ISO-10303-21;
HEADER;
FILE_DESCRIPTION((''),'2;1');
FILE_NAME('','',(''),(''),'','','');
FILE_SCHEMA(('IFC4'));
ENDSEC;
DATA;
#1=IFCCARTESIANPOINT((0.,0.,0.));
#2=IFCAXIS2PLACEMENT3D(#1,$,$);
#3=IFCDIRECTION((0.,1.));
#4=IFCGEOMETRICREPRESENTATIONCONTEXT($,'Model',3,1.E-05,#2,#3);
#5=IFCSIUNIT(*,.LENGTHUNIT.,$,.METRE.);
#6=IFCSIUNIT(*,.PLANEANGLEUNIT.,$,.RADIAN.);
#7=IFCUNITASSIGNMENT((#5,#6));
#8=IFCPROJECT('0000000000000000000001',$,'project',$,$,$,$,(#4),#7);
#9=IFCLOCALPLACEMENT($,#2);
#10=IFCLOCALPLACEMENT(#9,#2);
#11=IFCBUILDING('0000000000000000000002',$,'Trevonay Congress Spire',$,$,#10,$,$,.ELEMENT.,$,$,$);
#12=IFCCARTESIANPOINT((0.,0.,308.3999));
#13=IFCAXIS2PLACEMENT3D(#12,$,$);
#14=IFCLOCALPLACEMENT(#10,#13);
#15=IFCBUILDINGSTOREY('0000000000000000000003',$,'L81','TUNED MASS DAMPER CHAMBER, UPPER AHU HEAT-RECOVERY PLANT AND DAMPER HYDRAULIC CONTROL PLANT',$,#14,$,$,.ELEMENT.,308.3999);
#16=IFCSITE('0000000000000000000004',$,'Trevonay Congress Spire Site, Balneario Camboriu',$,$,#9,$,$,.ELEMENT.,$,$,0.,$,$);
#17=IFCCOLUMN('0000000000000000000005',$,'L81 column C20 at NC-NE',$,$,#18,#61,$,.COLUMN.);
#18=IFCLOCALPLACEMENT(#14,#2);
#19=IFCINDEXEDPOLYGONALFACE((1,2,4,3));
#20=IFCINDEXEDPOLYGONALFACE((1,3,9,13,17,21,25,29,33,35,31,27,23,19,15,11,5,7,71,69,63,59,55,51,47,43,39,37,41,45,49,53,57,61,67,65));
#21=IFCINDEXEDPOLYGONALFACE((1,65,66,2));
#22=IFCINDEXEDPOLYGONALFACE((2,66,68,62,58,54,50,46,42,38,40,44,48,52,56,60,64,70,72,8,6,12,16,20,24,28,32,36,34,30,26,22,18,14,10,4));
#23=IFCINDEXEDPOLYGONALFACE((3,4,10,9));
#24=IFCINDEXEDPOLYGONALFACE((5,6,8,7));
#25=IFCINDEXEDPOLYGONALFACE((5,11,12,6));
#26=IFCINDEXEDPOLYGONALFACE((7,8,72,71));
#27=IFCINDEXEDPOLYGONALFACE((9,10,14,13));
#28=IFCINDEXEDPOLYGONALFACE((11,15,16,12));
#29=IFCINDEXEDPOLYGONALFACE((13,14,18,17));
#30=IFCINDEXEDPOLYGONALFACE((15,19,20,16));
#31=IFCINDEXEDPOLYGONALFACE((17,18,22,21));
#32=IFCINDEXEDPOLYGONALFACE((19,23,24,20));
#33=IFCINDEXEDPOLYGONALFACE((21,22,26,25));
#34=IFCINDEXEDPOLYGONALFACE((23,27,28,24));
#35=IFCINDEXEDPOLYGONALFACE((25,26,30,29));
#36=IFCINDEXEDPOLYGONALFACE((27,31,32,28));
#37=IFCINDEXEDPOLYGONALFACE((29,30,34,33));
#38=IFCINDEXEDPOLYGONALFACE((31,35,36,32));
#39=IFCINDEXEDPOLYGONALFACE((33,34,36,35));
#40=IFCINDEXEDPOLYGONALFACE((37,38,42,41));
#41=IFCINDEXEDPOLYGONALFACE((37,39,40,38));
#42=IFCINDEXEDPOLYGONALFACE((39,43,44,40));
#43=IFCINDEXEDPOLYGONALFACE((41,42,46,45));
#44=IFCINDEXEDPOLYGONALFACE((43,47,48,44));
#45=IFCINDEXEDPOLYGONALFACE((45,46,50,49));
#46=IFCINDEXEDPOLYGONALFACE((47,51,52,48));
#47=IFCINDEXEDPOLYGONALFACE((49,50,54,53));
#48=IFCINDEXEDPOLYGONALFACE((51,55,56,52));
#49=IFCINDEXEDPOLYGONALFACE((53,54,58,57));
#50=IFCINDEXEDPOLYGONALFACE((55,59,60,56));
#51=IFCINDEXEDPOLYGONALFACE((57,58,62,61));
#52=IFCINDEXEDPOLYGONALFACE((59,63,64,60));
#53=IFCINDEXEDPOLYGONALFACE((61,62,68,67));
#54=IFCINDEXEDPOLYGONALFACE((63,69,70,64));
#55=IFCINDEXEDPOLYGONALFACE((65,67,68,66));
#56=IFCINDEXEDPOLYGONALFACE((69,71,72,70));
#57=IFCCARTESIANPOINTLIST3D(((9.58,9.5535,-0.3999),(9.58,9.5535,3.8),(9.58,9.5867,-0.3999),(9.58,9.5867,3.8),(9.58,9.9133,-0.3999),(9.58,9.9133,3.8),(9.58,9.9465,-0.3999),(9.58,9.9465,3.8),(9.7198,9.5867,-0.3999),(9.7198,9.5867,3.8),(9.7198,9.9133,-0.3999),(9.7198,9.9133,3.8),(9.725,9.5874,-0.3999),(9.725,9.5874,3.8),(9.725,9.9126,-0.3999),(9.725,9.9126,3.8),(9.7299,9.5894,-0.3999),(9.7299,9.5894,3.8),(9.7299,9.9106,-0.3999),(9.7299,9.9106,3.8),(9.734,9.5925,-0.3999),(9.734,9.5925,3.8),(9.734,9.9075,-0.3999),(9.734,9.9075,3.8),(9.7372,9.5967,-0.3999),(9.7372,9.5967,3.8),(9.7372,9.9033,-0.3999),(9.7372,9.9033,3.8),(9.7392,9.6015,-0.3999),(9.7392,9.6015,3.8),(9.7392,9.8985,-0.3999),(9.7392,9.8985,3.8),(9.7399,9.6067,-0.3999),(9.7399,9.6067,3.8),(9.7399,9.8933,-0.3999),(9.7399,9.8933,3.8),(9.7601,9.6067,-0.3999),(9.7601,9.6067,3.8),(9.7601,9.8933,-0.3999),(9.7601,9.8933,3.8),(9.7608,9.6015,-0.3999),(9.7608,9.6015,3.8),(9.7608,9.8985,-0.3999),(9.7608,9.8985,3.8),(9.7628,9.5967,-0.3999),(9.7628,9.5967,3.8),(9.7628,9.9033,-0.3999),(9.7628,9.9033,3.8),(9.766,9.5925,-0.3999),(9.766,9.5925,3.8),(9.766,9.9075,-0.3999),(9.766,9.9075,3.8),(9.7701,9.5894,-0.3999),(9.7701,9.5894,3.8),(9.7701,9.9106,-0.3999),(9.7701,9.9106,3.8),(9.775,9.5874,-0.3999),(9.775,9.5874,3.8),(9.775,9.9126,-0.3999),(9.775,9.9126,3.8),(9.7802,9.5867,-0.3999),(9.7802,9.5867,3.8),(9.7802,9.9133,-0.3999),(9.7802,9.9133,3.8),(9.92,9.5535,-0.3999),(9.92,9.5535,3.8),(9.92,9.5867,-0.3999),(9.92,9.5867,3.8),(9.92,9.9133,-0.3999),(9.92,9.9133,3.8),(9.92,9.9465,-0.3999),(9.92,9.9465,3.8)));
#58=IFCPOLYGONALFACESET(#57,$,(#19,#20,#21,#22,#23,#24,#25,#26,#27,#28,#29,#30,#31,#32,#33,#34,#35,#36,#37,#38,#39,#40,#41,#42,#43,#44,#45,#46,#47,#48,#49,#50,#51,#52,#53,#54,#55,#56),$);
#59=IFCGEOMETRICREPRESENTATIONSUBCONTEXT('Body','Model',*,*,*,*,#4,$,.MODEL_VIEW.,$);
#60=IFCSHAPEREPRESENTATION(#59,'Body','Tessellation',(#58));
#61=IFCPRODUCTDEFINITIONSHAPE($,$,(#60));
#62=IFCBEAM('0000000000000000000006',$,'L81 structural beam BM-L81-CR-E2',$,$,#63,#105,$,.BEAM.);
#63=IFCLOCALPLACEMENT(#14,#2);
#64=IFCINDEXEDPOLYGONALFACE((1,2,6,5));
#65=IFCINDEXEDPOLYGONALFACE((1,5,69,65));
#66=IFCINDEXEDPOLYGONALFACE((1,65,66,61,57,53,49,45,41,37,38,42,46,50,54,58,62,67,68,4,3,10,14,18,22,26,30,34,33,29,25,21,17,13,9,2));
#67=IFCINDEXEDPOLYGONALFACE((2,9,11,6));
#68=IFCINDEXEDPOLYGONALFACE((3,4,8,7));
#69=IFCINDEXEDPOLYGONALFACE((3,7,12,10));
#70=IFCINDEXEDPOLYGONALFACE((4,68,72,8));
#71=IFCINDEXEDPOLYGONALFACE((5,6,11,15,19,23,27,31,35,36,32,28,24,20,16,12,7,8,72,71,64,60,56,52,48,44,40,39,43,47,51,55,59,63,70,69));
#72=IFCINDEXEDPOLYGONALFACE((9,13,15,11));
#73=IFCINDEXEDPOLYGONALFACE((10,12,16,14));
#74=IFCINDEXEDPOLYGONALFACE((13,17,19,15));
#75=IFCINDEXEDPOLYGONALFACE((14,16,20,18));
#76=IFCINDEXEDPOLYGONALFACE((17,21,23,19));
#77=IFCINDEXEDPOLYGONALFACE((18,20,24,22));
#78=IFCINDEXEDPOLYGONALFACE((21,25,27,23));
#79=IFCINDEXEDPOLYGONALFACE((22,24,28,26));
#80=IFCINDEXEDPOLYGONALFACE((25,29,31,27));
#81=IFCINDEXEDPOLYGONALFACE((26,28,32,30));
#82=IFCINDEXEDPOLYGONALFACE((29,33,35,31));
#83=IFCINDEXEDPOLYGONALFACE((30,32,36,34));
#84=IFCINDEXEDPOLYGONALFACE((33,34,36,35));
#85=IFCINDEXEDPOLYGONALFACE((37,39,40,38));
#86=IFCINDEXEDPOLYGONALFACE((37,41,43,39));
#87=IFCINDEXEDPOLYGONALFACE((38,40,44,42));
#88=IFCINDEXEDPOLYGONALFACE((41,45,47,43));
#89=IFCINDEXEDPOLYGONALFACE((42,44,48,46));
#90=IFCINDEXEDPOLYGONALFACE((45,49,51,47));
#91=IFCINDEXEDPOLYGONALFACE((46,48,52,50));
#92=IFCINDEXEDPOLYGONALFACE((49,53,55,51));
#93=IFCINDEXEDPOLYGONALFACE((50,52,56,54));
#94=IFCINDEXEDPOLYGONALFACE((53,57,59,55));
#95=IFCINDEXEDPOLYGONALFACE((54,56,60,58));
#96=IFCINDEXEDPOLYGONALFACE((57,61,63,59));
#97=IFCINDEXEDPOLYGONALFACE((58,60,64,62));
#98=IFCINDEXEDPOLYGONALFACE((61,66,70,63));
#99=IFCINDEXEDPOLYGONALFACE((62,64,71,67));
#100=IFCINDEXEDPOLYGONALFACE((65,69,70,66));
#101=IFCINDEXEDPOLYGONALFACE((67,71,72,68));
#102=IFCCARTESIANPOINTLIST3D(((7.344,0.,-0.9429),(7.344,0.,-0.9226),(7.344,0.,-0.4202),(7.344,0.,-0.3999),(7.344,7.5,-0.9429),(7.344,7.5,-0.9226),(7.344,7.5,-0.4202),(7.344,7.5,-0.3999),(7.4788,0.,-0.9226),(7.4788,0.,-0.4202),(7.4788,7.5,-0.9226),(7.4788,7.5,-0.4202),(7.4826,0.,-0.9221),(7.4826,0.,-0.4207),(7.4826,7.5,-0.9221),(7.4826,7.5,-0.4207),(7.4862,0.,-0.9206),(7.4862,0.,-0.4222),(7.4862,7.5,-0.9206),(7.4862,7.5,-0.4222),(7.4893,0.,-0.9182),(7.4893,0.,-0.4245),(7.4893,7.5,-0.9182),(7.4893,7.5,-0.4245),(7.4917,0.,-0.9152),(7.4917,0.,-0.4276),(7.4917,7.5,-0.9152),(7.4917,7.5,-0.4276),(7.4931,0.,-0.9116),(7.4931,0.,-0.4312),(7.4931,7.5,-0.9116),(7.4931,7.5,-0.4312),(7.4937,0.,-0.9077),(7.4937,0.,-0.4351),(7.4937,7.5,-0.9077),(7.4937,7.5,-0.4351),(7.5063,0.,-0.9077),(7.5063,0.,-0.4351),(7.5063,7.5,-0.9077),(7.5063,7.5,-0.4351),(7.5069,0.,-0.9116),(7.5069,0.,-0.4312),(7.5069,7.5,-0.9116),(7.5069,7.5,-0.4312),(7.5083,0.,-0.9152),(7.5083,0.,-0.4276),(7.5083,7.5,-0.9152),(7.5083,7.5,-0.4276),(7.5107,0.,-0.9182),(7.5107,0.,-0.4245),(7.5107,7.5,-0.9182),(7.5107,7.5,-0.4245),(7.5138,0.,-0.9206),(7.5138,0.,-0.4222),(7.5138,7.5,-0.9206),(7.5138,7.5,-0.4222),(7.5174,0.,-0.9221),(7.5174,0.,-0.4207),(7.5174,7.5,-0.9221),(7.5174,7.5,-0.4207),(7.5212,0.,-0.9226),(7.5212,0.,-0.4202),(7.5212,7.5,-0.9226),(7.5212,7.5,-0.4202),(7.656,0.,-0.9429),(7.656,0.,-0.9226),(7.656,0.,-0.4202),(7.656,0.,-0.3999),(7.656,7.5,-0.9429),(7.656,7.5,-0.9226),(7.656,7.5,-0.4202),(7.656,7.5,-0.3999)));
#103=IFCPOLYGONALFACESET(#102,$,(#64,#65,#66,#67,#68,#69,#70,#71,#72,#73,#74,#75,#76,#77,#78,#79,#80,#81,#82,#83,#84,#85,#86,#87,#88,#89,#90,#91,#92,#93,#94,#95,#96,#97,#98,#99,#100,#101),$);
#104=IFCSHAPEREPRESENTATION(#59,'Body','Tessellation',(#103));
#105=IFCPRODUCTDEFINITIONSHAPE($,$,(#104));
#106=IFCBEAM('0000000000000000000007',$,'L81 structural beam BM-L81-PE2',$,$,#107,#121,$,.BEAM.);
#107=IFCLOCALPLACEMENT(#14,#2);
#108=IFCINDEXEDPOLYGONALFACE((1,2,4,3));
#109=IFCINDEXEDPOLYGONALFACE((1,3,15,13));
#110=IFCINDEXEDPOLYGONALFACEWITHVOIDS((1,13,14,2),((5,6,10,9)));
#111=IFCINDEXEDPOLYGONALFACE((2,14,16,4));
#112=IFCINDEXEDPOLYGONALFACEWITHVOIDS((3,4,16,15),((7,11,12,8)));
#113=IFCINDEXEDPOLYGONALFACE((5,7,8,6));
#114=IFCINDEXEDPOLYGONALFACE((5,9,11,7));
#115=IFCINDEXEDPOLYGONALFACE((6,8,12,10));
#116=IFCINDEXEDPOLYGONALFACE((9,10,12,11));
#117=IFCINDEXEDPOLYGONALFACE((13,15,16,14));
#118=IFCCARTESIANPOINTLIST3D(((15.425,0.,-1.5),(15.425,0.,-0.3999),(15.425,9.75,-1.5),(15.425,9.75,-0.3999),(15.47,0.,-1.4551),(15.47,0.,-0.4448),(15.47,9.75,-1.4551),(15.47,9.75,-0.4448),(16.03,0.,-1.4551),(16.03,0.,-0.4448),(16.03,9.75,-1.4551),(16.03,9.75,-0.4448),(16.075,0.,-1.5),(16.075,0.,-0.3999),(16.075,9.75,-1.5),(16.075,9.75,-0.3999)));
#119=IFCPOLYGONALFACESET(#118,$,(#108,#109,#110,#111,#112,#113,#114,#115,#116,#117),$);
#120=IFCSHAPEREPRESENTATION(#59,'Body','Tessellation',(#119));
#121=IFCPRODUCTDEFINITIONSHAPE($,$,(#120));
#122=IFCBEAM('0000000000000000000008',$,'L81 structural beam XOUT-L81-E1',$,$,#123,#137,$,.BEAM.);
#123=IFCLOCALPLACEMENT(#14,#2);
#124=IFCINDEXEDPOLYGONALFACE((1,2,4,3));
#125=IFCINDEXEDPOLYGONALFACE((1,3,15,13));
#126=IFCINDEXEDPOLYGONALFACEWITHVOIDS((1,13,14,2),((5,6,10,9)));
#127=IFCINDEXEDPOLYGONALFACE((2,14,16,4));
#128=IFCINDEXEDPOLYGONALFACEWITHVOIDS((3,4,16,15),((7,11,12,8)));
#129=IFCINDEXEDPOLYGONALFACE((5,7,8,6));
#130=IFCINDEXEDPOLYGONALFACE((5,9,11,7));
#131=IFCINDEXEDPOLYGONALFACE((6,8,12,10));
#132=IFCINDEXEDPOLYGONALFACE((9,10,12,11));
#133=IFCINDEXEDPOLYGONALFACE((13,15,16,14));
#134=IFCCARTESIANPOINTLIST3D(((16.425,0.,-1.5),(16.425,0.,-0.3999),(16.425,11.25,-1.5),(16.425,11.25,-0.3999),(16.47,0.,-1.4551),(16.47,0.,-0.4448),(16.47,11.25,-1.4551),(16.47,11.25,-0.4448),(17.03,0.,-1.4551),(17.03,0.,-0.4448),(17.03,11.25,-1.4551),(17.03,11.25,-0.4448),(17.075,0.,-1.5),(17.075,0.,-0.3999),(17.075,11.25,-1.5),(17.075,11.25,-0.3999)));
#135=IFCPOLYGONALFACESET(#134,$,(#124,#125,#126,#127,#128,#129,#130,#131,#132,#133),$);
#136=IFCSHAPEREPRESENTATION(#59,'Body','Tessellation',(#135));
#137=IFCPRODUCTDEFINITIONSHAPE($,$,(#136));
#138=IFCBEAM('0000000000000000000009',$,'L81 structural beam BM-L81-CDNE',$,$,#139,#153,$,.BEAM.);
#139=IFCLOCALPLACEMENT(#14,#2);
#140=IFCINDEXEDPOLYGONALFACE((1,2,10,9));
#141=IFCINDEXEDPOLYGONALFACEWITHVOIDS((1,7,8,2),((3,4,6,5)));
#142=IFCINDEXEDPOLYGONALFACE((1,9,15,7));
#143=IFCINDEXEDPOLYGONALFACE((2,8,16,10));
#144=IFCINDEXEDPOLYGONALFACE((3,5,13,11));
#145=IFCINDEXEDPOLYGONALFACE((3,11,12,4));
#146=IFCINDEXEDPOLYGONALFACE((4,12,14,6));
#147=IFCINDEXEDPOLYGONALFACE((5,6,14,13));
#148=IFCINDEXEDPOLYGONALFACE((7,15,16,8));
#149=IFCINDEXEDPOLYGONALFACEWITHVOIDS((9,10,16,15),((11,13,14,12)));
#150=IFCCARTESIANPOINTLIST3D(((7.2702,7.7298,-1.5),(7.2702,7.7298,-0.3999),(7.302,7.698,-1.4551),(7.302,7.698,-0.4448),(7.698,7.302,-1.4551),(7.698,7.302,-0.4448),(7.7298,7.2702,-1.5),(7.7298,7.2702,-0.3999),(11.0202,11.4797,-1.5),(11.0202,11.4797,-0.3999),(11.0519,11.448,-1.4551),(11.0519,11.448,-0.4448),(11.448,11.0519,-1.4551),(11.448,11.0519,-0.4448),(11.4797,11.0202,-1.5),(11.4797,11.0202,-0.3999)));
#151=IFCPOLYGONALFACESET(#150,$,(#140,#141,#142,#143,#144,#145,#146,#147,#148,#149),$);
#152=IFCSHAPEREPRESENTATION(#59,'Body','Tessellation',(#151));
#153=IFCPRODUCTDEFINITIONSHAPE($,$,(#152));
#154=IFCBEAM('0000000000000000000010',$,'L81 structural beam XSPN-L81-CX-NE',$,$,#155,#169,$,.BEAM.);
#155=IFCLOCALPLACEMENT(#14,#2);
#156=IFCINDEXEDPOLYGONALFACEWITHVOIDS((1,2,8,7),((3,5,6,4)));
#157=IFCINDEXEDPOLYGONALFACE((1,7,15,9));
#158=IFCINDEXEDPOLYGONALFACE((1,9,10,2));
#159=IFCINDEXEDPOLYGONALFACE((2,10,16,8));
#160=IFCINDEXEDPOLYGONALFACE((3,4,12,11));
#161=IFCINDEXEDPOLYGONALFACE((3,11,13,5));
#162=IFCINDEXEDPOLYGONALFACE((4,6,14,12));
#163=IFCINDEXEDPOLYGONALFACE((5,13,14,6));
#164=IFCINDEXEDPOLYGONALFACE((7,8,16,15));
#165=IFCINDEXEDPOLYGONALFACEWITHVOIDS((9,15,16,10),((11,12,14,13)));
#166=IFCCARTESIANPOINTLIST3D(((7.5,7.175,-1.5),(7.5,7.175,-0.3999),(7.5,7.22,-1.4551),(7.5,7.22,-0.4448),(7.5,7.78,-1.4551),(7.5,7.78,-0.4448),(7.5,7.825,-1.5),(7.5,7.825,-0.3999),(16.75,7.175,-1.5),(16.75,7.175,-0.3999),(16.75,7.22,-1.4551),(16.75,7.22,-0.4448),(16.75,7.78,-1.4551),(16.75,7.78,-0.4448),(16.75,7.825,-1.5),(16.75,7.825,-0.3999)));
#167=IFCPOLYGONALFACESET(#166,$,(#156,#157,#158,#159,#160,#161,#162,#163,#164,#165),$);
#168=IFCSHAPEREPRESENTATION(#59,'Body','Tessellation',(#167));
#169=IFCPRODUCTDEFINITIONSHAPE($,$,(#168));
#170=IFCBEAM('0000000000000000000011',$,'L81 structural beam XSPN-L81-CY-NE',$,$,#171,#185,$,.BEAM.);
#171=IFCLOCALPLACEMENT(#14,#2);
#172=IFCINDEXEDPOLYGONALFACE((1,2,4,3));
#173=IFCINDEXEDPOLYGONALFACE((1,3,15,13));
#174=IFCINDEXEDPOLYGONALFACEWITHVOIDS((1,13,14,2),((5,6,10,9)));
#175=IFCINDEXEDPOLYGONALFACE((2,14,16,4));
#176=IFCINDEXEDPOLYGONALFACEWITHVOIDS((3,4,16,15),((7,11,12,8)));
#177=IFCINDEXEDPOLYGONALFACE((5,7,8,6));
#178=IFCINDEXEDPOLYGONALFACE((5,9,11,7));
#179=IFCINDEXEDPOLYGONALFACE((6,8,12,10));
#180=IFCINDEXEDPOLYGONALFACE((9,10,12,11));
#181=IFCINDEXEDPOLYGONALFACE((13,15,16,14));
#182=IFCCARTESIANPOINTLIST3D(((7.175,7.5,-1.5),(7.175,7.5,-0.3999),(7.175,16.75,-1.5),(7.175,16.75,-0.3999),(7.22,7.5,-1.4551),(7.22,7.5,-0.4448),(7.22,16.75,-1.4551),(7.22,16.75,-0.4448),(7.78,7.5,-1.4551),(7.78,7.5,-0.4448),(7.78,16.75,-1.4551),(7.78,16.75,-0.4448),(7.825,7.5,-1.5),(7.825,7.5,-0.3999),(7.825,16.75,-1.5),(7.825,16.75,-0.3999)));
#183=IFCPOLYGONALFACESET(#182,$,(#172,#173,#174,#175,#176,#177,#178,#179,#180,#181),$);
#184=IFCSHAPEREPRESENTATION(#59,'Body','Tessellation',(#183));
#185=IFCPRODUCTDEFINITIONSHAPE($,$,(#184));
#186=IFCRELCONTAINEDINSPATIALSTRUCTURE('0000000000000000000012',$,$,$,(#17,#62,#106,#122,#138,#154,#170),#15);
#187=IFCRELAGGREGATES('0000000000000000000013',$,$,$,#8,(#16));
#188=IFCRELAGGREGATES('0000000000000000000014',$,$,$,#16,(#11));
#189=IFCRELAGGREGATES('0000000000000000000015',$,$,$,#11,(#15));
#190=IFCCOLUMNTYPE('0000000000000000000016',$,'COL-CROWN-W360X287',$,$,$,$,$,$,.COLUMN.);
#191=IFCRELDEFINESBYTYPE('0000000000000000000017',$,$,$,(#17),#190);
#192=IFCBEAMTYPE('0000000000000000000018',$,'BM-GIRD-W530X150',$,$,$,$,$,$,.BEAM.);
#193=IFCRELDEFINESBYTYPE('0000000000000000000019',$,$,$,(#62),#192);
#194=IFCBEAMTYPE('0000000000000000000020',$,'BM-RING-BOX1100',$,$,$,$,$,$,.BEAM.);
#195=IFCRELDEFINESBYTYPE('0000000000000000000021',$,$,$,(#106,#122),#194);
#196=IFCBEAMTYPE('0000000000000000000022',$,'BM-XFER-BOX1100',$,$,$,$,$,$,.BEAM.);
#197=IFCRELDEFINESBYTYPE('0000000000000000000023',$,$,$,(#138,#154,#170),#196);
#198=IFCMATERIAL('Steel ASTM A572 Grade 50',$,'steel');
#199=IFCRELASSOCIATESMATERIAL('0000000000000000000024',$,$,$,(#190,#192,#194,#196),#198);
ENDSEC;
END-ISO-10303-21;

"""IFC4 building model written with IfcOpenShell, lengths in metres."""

from ifc_helpers import new_model, si_unit, direction, frame, origin, origin_2d, place, context, subcontext, project, spatial, hollow_rectangle, i_section, extrude, material, material_profile, profile_set, type_object, element, save


model = new_model("IFC4")

# Units and contexts
model_context = context("Model", 3, precision=1e-05, world=origin(), true_north=direction((0.0, 1.0)))
body_context = subcontext(model_context, "Body", "Model", "MODEL_VIEW")
ifc_project = project(units=[si_unit("LENGTHUNIT", "METRE"), si_unit("PLANEANGLEUNIT", "RADIAN")], contexts=[model_context])

# Site, building, storey
site_placement = place(None, origin())
site = spatial("IfcSite", under=ifc_project, at=site_placement, Name="Trevonay Congress Spire Site, Balneario Camboriu", CompositionType="ELEMENT", RefElevation=0.0)
building_placement = place(site_placement, origin())
building = spatial("IfcBuilding", under=site, at=building_placement, Name="Trevonay Congress Spire", CompositionType="ELEMENT")
storey_placement = place(building_placement, frame((0.0, 0.0, 308.3999)))
storey = spatial("IfcBuildingStorey", under=building, at=storey_placement, Name="L81", Description="TUNED MASS DAMPER CHAMBER, UPPER AHU HEAT-RECOVERY PLANT AND DAMPER HYDRAULIC CONTROL PLANT", CompositionType="ELEMENT", Elevation=308.3999)

# Column
ifc_material_1 = material(Name="Steel ASTM A572 Grade 50", Category="steel")
ifc_material_profile_1 = material_profile(ifc_material_1, i_section(OverallWidth=0.3401, OverallDepth=0.3931, WebThickness=0.0203, FlangeThickness=0.0332, FilletRadius=0.02, at=origin_2d()), Name="W360x287")
ifc_profile_set_1 = profile_set([ifc_material_profile_1], Name="Steel ASTM A572 Grade 50")
column_type_1 = type_object("IfcColumnType", Name="COL-CROWN-W360X287", PredefinedType="COLUMN", material=ifc_profile_set_1)
column_1_placement = place(storey_placement, frame((9.75, 9.75, -0.3999), z_axis=(0.0, 0.0, 1.0), x_axis=(1.0, 0.0, 0.0)))
element("IfcColumn", 1, at=column_1_placement, inside=storey, type_object=column_type_1, Name="L81 column C20 at NC-NE", PredefinedType="COLUMN", context=body_context, shape_type="SweptSolid", body=[
    extrude(i_section(OverallWidth=0.3401, OverallDepth=0.3931, WebThickness=0.0203, FlangeThickness=0.0332, FilletRadius=0.02, at=origin_2d()), origin(), (0.0, 0.0, 1.0), 4.2),
])

# Beams
ifc_material_profile_2 = material_profile(ifc_material_1, i_section(OverallWidth=0.312, OverallDepth=0.543, WebThickness=0.0127, FlangeThickness=0.0203, FilletRadius=0.0149, at=origin_2d()), Name="W530x150")
ifc_profile_set_2 = profile_set([ifc_material_profile_2], Name="Steel ASTM A572 Grade 50")
beam_type_1 = type_object("IfcBeamType", Name="BM-GIRD-W530X150", PredefinedType="BEAM", material=ifc_profile_set_2)
beam_1_placement = place(storey_placement, frame((7.5, 0.0, -0.6714), z_axis=(0.0, 1.0, 0.0), x_axis=(-1.0, 0.0, 0.0)))
element("IfcBeam", 2, at=beam_1_placement, inside=storey, type_object=beam_type_1, Name="L81 structural beam BM-L81-CR-E2", PredefinedType="BEAM", context=body_context, shape_type="SweptSolid", body=[
    extrude(i_section(OverallWidth=0.312, OverallDepth=0.543, WebThickness=0.0127, FlangeThickness=0.0203, FilletRadius=0.0149, at=origin_2d()), origin(), (0.0, 0.0, 1.0), 7.5),
])
ifc_material_profile_3 = material_profile(ifc_material_1, hollow_rectangle(XDim=0.6499, YDim=1.1001, WallThickness=0.0449, at=origin_2d()), Name="BOX 1100x650x45")
ifc_profile_set_3 = profile_set([ifc_material_profile_3], Name="Steel ASTM A572 Grade 50")
beam_type_2 = type_object("IfcBeamType", Name="BM-RING-BOX1100", PredefinedType="BEAM", material=ifc_profile_set_3)
beam_2_placement = place(storey_placement, frame((15.75, 0.0, -0.95), z_axis=(0.0, 1.0, 0.0), x_axis=(-1.0, 0.0, 0.0)))
element("IfcBeam", 3, at=beam_2_placement, inside=storey, type_object=beam_type_2, Name="L81 structural beam BM-L81-PE2", PredefinedType="BEAM", context=body_context, shape_type="SweptSolid", body=[
    extrude(hollow_rectangle(XDim=0.6499, YDim=1.1001, WallThickness=0.0449, at=origin_2d()), origin(), (0.0, 0.0, 1.0), 9.75),
])
beam_3_placement = place(storey_placement, frame((16.75, 0.0, -0.95), z_axis=(0.0, 1.0, 0.0), x_axis=(-1.0, 0.0, 0.0)))
element("IfcBeam", 4, at=beam_3_placement, inside=storey, type_object=beam_type_2, Name="L81 structural beam XOUT-L81-E1", PredefinedType="BEAM", context=body_context, shape_type="SweptSolid", body=[
    extrude(hollow_rectangle(XDim=0.6499, YDim=1.1001, WallThickness=0.0449, at=origin_2d()), origin(), (0.0, 0.0, 1.0), 11.25),
])
ifc_material_profile_4 = material_profile(ifc_material_1, hollow_rectangle(XDim=0.6499, YDim=1.1001, WallThickness=0.0449, at=origin_2d()), Name="BOX 1100x650x45")
ifc_profile_set_4 = profile_set([ifc_material_profile_4], Name="Steel ASTM A572 Grade 50")
beam_type_3 = type_object("IfcBeamType", Name="BM-XFER-BOX1100", PredefinedType="BEAM", material=ifc_profile_set_4)
beam_4_placement = place(storey_placement, frame((7.5, 7.5, -0.95), z_axis=(0.707107, 0.707107, 0.0), x_axis=(-0.707107, 0.707107, 0.0)))
element("IfcBeam", 5, at=beam_4_placement, inside=storey, type_object=beam_type_3, Name="L81 structural beam BM-L81-CDNE", PredefinedType="BEAM", context=body_context, shape_type="SweptSolid", body=[
    extrude(hollow_rectangle(XDim=0.6499, YDim=1.1001, WallThickness=0.0449, at=origin_2d()), origin(), (0.0, 0.0, 1.0), 5.3032),
])
for number, where, z_axis, x_axis, name in (
    (6, (7.5, 7.5, -0.95), (1.0, 0.0, 0.0), (0.0, 1.0, 0.0), "L81 structural beam XSPN-L81-CX-NE"),
    (7, (7.5, 7.5, -0.95), (0.0, 1.0, 0.0), (-1.0, 0.0, 0.0), "L81 structural beam XSPN-L81-CY-NE"),
):
    element("IfcBeam", number, at=place(storey_placement, frame(where, z_axis=z_axis, x_axis=x_axis)), inside=storey, type_object=beam_type_3, Name=name, PredefinedType="BEAM", context=body_context, shape_type="SweptSolid", body=[
        extrude(hollow_rectangle(XDim=0.6499, YDim=1.1001, WallThickness=0.0449, at=origin_2d()), origin(), (0.0, 0.0, 1.0), 9.25),
    ])

save(model, "model.ifc")
